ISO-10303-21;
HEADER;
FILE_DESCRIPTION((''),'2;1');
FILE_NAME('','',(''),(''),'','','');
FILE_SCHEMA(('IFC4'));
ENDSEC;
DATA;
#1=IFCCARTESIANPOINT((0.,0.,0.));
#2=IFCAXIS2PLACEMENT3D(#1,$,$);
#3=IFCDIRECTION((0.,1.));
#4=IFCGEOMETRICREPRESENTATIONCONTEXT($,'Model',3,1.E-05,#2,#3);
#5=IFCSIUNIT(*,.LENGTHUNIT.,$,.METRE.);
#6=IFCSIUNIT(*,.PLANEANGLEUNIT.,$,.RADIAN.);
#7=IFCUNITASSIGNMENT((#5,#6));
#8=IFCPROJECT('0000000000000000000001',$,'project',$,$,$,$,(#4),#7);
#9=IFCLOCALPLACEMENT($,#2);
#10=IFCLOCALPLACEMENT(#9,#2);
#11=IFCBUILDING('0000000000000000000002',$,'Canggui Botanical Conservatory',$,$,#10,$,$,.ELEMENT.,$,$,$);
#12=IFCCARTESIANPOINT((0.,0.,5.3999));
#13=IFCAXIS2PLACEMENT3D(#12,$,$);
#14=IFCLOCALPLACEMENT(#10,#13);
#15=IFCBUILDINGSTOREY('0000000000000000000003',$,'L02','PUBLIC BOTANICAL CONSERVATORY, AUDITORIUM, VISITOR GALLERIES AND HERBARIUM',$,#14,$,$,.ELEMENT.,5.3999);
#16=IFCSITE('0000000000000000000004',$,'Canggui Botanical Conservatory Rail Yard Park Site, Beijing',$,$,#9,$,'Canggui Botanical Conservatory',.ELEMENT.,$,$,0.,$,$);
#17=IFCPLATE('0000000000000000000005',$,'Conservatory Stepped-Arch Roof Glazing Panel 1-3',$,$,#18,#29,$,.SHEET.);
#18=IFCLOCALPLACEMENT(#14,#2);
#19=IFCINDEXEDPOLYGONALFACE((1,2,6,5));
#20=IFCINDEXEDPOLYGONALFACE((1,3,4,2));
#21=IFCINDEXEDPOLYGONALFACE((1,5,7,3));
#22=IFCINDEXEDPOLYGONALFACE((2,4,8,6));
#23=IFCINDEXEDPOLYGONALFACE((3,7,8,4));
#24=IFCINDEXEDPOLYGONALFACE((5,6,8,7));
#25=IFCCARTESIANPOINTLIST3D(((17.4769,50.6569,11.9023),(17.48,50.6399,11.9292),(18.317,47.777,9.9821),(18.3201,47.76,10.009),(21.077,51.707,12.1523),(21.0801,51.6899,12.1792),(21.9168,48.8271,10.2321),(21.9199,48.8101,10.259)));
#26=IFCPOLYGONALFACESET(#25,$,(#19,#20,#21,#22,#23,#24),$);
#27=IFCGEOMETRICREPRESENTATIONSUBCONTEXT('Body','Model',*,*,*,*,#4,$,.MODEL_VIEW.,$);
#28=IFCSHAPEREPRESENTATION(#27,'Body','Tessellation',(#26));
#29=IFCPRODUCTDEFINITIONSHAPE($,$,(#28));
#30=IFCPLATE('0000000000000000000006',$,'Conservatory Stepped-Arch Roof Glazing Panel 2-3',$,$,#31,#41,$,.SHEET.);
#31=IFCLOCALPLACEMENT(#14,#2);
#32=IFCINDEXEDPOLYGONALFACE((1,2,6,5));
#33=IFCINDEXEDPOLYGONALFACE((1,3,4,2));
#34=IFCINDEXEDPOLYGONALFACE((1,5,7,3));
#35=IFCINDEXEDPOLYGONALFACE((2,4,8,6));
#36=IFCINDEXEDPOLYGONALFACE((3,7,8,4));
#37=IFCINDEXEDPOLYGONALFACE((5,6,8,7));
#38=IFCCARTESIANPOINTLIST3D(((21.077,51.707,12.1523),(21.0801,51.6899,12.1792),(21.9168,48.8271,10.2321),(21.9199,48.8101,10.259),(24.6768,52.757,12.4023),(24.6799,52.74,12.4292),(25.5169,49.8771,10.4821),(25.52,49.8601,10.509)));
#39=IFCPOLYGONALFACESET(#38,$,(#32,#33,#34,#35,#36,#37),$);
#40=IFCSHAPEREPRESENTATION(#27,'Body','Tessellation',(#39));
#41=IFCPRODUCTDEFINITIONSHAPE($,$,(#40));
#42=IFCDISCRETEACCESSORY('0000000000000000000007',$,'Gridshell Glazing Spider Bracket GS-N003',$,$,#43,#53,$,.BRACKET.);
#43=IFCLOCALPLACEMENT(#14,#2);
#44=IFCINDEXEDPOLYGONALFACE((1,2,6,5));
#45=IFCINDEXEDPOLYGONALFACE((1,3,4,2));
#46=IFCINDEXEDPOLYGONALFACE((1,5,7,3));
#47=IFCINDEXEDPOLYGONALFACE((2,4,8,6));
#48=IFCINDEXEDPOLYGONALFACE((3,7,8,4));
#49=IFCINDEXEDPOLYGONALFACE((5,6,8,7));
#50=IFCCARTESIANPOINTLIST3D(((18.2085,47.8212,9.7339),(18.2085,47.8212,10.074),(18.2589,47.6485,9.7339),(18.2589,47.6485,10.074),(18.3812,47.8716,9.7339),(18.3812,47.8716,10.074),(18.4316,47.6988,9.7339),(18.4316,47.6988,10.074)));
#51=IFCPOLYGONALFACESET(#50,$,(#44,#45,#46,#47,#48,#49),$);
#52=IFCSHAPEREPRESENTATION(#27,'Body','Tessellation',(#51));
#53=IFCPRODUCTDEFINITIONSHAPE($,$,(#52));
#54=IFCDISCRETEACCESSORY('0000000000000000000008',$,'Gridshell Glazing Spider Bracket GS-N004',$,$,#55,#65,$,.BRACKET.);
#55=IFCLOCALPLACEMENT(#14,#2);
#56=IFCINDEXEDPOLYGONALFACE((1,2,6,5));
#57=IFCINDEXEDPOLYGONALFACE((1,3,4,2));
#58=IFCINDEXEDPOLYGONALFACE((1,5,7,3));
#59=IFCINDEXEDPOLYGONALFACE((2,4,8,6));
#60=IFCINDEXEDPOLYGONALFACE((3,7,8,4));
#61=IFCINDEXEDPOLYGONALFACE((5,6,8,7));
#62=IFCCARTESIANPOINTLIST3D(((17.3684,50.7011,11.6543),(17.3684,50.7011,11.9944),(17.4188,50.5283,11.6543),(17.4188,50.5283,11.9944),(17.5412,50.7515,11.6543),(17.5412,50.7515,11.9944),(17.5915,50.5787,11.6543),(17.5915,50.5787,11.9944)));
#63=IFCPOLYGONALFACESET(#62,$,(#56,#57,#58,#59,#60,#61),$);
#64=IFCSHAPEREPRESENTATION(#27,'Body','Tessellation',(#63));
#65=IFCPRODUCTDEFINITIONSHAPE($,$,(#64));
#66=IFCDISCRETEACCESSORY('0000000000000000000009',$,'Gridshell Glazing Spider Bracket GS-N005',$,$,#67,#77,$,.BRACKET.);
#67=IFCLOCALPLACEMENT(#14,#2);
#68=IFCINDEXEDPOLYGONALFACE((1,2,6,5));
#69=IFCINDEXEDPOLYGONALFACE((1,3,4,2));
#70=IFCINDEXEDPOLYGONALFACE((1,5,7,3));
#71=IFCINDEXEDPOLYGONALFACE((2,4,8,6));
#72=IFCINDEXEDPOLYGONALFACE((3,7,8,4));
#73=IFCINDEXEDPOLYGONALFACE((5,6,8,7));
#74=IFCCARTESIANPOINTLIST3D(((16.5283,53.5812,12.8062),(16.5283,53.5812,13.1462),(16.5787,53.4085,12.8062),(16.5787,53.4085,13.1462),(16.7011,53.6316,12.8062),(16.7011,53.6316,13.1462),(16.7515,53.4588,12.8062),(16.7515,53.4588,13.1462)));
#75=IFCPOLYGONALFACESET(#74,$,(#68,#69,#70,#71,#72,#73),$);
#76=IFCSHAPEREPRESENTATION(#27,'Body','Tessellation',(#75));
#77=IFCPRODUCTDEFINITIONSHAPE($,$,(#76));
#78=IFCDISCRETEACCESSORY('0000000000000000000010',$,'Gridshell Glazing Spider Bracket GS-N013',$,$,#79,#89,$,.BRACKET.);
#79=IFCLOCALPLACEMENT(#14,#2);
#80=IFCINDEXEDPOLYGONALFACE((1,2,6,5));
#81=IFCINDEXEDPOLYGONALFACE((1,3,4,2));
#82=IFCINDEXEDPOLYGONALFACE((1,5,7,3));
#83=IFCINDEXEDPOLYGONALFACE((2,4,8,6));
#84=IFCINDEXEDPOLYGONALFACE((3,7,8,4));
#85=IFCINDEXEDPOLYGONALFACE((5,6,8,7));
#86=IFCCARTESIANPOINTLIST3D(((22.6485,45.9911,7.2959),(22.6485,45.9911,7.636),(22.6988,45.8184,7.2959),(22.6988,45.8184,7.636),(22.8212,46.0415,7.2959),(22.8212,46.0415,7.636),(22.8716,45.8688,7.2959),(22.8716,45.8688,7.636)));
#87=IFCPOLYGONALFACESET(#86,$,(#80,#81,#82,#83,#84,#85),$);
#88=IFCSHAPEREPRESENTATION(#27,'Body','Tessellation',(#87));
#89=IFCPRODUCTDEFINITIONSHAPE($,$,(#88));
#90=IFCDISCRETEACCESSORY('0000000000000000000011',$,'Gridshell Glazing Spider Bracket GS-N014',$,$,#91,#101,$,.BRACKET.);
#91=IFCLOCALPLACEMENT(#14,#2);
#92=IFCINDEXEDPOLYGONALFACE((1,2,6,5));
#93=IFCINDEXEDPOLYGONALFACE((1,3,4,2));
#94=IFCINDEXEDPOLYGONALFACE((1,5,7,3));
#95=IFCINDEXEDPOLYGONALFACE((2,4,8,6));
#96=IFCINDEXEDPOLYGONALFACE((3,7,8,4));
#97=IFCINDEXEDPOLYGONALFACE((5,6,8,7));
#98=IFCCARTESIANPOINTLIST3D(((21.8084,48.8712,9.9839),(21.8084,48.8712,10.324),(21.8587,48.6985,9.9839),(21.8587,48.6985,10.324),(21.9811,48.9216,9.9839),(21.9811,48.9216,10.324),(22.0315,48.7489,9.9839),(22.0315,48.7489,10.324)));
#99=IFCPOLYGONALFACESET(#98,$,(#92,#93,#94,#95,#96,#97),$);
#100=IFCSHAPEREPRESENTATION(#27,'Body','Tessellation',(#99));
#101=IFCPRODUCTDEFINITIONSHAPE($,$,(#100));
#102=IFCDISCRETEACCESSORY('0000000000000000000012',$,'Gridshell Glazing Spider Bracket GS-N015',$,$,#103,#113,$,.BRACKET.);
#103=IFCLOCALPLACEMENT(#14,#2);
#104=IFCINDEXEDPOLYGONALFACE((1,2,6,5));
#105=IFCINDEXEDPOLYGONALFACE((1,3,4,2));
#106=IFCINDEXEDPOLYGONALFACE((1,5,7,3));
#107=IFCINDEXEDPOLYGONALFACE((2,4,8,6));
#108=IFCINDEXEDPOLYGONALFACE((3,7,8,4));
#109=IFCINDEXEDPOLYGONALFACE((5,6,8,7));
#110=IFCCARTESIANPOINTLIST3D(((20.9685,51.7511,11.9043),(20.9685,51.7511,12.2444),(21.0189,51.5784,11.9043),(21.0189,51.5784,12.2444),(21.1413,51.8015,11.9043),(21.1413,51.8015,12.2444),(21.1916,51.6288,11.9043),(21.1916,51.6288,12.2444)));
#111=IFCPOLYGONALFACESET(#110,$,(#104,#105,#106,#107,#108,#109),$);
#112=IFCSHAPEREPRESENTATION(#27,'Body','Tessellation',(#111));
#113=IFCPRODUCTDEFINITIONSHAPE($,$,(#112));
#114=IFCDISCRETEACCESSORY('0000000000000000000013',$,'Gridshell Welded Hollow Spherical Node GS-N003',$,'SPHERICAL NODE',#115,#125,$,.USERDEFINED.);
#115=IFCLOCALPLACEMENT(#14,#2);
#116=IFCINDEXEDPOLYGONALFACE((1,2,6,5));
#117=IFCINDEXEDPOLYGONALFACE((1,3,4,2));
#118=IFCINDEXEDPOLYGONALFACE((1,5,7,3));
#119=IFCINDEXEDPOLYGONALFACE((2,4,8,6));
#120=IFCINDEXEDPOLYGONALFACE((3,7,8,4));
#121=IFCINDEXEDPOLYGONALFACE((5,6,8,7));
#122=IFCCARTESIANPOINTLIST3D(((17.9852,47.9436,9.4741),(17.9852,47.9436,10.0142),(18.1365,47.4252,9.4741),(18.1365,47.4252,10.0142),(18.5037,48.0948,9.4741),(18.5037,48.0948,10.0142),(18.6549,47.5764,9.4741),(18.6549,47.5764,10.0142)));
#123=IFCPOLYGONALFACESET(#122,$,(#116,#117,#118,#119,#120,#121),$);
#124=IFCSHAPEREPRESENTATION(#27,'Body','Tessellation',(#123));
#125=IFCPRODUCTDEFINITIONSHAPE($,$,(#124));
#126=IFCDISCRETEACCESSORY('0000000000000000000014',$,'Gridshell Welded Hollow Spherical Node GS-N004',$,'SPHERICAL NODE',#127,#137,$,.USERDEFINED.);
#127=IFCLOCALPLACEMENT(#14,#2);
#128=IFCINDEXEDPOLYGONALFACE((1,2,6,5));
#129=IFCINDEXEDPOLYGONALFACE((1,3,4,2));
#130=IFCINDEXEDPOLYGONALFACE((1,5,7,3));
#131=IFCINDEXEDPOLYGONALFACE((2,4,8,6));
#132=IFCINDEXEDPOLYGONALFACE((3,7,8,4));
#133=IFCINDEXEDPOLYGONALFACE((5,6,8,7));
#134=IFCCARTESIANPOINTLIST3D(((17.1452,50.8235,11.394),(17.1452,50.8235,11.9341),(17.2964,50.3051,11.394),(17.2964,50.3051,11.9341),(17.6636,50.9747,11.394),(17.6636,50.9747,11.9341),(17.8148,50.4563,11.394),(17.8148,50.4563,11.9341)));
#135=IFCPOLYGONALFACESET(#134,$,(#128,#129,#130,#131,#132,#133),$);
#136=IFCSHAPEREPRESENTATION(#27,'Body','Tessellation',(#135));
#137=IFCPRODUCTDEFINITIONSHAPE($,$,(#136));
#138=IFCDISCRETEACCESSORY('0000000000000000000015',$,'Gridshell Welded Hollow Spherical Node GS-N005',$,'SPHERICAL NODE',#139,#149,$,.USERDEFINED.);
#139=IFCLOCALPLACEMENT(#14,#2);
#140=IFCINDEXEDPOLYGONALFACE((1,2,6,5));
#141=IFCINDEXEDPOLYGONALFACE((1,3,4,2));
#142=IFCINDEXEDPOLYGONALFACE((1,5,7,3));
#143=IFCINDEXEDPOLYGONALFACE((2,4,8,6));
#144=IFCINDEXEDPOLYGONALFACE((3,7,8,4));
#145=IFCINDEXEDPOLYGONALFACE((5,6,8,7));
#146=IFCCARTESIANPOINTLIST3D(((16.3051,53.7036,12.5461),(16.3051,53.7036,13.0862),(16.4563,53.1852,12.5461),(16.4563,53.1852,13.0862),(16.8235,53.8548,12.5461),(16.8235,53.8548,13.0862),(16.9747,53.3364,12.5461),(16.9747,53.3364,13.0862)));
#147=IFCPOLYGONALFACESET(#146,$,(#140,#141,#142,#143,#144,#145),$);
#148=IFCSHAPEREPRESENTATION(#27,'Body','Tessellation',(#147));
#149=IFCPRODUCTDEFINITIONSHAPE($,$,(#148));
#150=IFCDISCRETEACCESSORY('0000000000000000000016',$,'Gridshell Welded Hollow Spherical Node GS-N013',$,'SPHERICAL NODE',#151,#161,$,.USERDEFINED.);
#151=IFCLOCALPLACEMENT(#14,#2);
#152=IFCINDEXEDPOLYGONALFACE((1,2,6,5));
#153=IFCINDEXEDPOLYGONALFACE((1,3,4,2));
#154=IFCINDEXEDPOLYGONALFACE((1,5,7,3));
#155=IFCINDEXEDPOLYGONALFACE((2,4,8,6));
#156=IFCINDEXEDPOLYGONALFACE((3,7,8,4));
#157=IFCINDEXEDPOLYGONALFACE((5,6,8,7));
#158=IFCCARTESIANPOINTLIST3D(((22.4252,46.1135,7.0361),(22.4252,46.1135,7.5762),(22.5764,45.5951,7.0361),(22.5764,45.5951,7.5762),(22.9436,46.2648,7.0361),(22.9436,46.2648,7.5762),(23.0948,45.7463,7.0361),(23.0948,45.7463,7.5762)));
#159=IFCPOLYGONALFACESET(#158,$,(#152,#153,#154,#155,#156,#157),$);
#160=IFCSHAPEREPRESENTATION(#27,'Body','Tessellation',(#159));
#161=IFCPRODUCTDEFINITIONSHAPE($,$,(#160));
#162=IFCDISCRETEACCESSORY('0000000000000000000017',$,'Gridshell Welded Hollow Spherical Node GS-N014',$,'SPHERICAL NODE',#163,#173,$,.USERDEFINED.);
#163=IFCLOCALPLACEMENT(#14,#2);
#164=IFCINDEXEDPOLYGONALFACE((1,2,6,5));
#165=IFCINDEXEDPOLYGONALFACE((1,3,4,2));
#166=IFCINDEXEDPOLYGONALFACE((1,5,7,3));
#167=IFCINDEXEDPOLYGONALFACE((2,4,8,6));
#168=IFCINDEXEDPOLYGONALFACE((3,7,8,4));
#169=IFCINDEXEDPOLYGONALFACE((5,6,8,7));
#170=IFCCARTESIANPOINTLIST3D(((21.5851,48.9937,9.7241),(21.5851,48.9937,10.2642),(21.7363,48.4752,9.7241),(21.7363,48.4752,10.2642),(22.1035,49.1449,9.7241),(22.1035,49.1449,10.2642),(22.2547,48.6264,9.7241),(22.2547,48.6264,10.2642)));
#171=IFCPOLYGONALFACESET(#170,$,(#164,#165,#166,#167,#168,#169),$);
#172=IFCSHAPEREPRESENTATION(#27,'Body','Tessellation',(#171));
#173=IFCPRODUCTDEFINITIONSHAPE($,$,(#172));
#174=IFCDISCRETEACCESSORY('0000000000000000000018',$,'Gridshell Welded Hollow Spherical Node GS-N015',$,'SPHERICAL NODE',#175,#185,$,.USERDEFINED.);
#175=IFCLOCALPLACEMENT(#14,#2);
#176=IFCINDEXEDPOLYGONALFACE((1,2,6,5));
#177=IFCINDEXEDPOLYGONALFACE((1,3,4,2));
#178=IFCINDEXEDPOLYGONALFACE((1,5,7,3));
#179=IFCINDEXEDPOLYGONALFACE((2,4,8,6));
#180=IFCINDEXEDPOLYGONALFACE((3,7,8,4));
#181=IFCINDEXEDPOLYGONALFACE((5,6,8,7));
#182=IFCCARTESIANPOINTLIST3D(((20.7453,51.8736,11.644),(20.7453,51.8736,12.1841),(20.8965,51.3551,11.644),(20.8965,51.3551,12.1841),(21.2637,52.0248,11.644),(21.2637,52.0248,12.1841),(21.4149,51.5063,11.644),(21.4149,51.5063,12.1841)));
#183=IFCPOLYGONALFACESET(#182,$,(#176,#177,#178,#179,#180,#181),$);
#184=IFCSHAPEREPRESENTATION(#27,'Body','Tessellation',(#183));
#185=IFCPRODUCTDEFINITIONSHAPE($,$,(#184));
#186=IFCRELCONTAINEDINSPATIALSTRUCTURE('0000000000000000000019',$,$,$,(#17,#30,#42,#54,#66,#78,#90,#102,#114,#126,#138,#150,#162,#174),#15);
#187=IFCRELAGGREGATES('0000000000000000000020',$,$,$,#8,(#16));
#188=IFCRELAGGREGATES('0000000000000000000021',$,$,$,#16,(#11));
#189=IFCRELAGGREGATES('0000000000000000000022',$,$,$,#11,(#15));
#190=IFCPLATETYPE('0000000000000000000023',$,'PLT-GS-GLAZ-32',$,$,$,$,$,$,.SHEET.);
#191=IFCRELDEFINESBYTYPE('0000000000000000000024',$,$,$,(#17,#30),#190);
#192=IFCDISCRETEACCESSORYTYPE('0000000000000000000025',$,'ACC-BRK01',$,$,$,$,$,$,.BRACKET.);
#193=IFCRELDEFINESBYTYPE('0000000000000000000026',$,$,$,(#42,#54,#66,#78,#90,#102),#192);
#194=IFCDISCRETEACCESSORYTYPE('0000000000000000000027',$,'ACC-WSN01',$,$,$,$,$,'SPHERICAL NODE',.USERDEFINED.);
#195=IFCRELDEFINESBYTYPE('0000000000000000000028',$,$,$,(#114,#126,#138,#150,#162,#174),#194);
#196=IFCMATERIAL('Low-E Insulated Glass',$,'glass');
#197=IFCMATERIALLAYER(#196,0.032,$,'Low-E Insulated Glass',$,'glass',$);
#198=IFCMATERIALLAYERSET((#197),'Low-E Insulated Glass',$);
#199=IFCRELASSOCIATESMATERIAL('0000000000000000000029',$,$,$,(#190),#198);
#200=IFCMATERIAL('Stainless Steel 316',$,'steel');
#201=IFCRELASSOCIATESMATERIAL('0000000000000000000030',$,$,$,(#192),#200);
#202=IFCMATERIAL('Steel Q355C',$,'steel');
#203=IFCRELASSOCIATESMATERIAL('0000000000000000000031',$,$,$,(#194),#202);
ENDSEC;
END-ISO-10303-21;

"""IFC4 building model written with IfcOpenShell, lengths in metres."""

from ifc_helpers import new_model, si_unit, direction, frame, origin, origin_2d, place, context, subcontext, project, spatial, polyline, rectangle, outline, extrude, material, layer, layer_set, type_object, element, save


model = new_model("IFC4")

# Units and contexts
model_context = context("Model", 3, precision=1e-05, world=origin(), true_north=direction((0.0, 1.0)))
body_context = subcontext(model_context, "Body", "Model", "MODEL_VIEW")
ifc_project = project(units=[si_unit("LENGTHUNIT", "METRE"), si_unit("PLANEANGLEUNIT", "RADIAN")], contexts=[model_context])

# Site, building, storey
site_placement = place(None, origin())
site = spatial("IfcSite", under=ifc_project, at=site_placement, Name="Canggui Botanical Conservatory Rail Yard Park Site, Beijing", LongName="Canggui Botanical Conservatory", CompositionType="ELEMENT", RefElevation=0.0)
building_placement = place(site_placement, origin())
building = spatial("IfcBuilding", under=site, at=building_placement, Name="Canggui Botanical Conservatory", CompositionType="ELEMENT")
storey_placement = place(building_placement, frame((0.0, 0.0, 5.3999)))
storey = spatial("IfcBuildingStorey", under=building, at=storey_placement, Name="L02", Description="PUBLIC BOTANICAL CONSERVATORY, AUDITORIUM, VISITOR GALLERIES AND HERBARIUM", CompositionType="ELEMENT", Elevation=5.3999)

# Shared definitions
ifc_material_1 = material(Name="Steel Q355C", Category="steel")

# Plates
ifc_material_2 = material(Name="Low-E Insulated Glass", Category="glass")
ifc_layer_1 = layer(ifc_material_2, 0.032, Name="Low-E Insulated Glass", Category="glass")
ifc_layer_set_1 = layer_set([ifc_layer_1], Name="Low-E Insulated Glass")
plate_type_1 = type_object("IfcPlateType", Name="PLT-GS-GLAZ-32", PredefinedType="SHEET", material=ifc_layer_set_1)
plate_1_placement = place(storey_placement, frame((18.3201, 47.76, 10.009), z_axis=(0.0969, -0.53242, 0.840916), x_axis=(0.957867, 0.279401, 0.066524)))
element("IfcPlate", 1, at=plate_1_placement, inside=storey, type_object=plate_type_1, Name="Conservatory Stepped-Arch Roof Glazing Panel 1-3", PredefinedType="SHEET", context=body_context, shape_type="SweptSolid", body=[
    extrude(outline(polyline([(0.0, 0.0), (3.7582, 0.0), (3.8861, 3.5595), (0.1277, 3.5595), (0.0, 0.0)])), origin(), (0.0, 0.0, -1.0), 0.032),
])
plate_2_placement = place(storey_placement, frame((21.9199, 48.8101, 10.259), z_axis=(0.0969, -0.53242, 0.840916), x_axis=(0.957872, 0.279387, 0.066514)))
element("IfcPlate", 2, at=plate_2_placement, inside=storey, type_object=plate_type_1, Name="Conservatory Stepped-Arch Roof Glazing Panel 2-3", PredefinedType="SHEET", context=body_context, shape_type="SweptSolid", body=[
    extrude(outline(polyline([(0.0, 0.0), (3.7584, 0.0), (3.8861, 3.5595), (0.1279, 3.5595), (0.0, 0.0)])), origin(), (0.0, 0.0, -1.0), 0.032),
])

# Discrete accessories
ifc_material_3 = material(Name="Stainless Steel 316", Category="steel")
discrete_accessory_type_1 = type_object("IfcDiscreteAccessoryType", Name="ACC-BRK01", PredefinedType="BRACKET", material=ifc_material_3)
for number, where, z_axis, x_axis, name in (
    (3, (18.3201, 47.76, 9.7339), (0.0, 0.0, 1.0), (0.96, 0.28, 0.0), "Gridshell Glazing Spider Bracket GS-N003"),
    (4, (17.48, 50.6399, 11.6543), (0.0, 0.0, 1.0), (0.96, 0.28, 0.0), "Gridshell Glazing Spider Bracket GS-N004"),
    (5, (16.6399, 53.52, 12.8062), (0.0, 0.0, 1.0), (0.96, 0.28, 0.0), "Gridshell Glazing Spider Bracket GS-N005"),
    (6, (22.76, 45.9299, 7.2959), (0.0, 0.0, 1.0), (0.96, 0.28, 0.0), "Gridshell Glazing Spider Bracket GS-N013"),
    (7, (21.9199, 48.8101, 9.9839), (0.0, 0.0, 1.0), (0.96, 0.28, 0.0), "Gridshell Glazing Spider Bracket GS-N014"),
    (8, (21.0801, 51.6899, 11.9043), (0.0, 0.0, 1.0), (0.96, 0.28, 0.0), "Gridshell Glazing Spider Bracket GS-N015"),
):
    element("IfcDiscreteAccessory", number, at=place(storey_placement, frame(where, z_axis=z_axis, x_axis=x_axis)), inside=storey, type_object=discrete_accessory_type_1, Name=name, PredefinedType="BRACKET", context=body_context, shape_type="SweptSolid", body=[
        extrude(rectangle(XDim=0.1799, YDim=0.1799, at=origin_2d()), origin(), (0.0, 0.0, 1.0), 0.3401),
    ])
discrete_accessory_type_2 = type_object("IfcDiscreteAccessoryType", Name="ACC-WSN01", ElementType="SPHERICAL NODE", PredefinedType="USERDEFINED", material=ifc_material_1)
for number, where, z_axis, x_axis, name in (
    (9, (18.3201, 47.76, 9.4741), (0.0, 0.0, 1.0), (0.96, 0.28, 0.0), "Gridshell Welded Hollow Spherical Node GS-N003"),
    (10, (17.48, 50.6399, 11.394), (0.0, 0.0, 1.0), (0.96, 0.28, 0.0), "Gridshell Welded Hollow Spherical Node GS-N004"),
    (11, (16.6399, 53.52, 12.5461), (0.0, 0.0, 1.0), (0.96, 0.28, 0.0), "Gridshell Welded Hollow Spherical Node GS-N005"),
    (12, (22.76, 45.9299, 7.0361), (0.0, 0.0, 1.0), (0.96, 0.28, 0.0), "Gridshell Welded Hollow Spherical Node GS-N013"),
    (13, (21.9199, 48.8101, 9.7241), (0.0, 0.0, 1.0), (0.96, 0.28, 0.0), "Gridshell Welded Hollow Spherical Node GS-N014"),
    (14, (21.0801, 51.6899, 11.644), (0.0, 0.0, 1.0), (0.96, 0.28, 0.0), "Gridshell Welded Hollow Spherical Node GS-N015"),
):
    element("IfcDiscreteAccessory", number, at=place(storey_placement, frame(where, z_axis=z_axis, x_axis=x_axis)), inside=storey, type_object=discrete_accessory_type_2, Name=name, ObjectType="SPHERICAL NODE", PredefinedType="USERDEFINED", context=body_context, shape_type="SweptSolid", body=[
        extrude(rectangle(XDim=0.54, YDim=0.54, at=origin_2d()), origin(), (0.0, 0.0, 1.0), 0.54),
    ])

save(model, "model.ifc")
